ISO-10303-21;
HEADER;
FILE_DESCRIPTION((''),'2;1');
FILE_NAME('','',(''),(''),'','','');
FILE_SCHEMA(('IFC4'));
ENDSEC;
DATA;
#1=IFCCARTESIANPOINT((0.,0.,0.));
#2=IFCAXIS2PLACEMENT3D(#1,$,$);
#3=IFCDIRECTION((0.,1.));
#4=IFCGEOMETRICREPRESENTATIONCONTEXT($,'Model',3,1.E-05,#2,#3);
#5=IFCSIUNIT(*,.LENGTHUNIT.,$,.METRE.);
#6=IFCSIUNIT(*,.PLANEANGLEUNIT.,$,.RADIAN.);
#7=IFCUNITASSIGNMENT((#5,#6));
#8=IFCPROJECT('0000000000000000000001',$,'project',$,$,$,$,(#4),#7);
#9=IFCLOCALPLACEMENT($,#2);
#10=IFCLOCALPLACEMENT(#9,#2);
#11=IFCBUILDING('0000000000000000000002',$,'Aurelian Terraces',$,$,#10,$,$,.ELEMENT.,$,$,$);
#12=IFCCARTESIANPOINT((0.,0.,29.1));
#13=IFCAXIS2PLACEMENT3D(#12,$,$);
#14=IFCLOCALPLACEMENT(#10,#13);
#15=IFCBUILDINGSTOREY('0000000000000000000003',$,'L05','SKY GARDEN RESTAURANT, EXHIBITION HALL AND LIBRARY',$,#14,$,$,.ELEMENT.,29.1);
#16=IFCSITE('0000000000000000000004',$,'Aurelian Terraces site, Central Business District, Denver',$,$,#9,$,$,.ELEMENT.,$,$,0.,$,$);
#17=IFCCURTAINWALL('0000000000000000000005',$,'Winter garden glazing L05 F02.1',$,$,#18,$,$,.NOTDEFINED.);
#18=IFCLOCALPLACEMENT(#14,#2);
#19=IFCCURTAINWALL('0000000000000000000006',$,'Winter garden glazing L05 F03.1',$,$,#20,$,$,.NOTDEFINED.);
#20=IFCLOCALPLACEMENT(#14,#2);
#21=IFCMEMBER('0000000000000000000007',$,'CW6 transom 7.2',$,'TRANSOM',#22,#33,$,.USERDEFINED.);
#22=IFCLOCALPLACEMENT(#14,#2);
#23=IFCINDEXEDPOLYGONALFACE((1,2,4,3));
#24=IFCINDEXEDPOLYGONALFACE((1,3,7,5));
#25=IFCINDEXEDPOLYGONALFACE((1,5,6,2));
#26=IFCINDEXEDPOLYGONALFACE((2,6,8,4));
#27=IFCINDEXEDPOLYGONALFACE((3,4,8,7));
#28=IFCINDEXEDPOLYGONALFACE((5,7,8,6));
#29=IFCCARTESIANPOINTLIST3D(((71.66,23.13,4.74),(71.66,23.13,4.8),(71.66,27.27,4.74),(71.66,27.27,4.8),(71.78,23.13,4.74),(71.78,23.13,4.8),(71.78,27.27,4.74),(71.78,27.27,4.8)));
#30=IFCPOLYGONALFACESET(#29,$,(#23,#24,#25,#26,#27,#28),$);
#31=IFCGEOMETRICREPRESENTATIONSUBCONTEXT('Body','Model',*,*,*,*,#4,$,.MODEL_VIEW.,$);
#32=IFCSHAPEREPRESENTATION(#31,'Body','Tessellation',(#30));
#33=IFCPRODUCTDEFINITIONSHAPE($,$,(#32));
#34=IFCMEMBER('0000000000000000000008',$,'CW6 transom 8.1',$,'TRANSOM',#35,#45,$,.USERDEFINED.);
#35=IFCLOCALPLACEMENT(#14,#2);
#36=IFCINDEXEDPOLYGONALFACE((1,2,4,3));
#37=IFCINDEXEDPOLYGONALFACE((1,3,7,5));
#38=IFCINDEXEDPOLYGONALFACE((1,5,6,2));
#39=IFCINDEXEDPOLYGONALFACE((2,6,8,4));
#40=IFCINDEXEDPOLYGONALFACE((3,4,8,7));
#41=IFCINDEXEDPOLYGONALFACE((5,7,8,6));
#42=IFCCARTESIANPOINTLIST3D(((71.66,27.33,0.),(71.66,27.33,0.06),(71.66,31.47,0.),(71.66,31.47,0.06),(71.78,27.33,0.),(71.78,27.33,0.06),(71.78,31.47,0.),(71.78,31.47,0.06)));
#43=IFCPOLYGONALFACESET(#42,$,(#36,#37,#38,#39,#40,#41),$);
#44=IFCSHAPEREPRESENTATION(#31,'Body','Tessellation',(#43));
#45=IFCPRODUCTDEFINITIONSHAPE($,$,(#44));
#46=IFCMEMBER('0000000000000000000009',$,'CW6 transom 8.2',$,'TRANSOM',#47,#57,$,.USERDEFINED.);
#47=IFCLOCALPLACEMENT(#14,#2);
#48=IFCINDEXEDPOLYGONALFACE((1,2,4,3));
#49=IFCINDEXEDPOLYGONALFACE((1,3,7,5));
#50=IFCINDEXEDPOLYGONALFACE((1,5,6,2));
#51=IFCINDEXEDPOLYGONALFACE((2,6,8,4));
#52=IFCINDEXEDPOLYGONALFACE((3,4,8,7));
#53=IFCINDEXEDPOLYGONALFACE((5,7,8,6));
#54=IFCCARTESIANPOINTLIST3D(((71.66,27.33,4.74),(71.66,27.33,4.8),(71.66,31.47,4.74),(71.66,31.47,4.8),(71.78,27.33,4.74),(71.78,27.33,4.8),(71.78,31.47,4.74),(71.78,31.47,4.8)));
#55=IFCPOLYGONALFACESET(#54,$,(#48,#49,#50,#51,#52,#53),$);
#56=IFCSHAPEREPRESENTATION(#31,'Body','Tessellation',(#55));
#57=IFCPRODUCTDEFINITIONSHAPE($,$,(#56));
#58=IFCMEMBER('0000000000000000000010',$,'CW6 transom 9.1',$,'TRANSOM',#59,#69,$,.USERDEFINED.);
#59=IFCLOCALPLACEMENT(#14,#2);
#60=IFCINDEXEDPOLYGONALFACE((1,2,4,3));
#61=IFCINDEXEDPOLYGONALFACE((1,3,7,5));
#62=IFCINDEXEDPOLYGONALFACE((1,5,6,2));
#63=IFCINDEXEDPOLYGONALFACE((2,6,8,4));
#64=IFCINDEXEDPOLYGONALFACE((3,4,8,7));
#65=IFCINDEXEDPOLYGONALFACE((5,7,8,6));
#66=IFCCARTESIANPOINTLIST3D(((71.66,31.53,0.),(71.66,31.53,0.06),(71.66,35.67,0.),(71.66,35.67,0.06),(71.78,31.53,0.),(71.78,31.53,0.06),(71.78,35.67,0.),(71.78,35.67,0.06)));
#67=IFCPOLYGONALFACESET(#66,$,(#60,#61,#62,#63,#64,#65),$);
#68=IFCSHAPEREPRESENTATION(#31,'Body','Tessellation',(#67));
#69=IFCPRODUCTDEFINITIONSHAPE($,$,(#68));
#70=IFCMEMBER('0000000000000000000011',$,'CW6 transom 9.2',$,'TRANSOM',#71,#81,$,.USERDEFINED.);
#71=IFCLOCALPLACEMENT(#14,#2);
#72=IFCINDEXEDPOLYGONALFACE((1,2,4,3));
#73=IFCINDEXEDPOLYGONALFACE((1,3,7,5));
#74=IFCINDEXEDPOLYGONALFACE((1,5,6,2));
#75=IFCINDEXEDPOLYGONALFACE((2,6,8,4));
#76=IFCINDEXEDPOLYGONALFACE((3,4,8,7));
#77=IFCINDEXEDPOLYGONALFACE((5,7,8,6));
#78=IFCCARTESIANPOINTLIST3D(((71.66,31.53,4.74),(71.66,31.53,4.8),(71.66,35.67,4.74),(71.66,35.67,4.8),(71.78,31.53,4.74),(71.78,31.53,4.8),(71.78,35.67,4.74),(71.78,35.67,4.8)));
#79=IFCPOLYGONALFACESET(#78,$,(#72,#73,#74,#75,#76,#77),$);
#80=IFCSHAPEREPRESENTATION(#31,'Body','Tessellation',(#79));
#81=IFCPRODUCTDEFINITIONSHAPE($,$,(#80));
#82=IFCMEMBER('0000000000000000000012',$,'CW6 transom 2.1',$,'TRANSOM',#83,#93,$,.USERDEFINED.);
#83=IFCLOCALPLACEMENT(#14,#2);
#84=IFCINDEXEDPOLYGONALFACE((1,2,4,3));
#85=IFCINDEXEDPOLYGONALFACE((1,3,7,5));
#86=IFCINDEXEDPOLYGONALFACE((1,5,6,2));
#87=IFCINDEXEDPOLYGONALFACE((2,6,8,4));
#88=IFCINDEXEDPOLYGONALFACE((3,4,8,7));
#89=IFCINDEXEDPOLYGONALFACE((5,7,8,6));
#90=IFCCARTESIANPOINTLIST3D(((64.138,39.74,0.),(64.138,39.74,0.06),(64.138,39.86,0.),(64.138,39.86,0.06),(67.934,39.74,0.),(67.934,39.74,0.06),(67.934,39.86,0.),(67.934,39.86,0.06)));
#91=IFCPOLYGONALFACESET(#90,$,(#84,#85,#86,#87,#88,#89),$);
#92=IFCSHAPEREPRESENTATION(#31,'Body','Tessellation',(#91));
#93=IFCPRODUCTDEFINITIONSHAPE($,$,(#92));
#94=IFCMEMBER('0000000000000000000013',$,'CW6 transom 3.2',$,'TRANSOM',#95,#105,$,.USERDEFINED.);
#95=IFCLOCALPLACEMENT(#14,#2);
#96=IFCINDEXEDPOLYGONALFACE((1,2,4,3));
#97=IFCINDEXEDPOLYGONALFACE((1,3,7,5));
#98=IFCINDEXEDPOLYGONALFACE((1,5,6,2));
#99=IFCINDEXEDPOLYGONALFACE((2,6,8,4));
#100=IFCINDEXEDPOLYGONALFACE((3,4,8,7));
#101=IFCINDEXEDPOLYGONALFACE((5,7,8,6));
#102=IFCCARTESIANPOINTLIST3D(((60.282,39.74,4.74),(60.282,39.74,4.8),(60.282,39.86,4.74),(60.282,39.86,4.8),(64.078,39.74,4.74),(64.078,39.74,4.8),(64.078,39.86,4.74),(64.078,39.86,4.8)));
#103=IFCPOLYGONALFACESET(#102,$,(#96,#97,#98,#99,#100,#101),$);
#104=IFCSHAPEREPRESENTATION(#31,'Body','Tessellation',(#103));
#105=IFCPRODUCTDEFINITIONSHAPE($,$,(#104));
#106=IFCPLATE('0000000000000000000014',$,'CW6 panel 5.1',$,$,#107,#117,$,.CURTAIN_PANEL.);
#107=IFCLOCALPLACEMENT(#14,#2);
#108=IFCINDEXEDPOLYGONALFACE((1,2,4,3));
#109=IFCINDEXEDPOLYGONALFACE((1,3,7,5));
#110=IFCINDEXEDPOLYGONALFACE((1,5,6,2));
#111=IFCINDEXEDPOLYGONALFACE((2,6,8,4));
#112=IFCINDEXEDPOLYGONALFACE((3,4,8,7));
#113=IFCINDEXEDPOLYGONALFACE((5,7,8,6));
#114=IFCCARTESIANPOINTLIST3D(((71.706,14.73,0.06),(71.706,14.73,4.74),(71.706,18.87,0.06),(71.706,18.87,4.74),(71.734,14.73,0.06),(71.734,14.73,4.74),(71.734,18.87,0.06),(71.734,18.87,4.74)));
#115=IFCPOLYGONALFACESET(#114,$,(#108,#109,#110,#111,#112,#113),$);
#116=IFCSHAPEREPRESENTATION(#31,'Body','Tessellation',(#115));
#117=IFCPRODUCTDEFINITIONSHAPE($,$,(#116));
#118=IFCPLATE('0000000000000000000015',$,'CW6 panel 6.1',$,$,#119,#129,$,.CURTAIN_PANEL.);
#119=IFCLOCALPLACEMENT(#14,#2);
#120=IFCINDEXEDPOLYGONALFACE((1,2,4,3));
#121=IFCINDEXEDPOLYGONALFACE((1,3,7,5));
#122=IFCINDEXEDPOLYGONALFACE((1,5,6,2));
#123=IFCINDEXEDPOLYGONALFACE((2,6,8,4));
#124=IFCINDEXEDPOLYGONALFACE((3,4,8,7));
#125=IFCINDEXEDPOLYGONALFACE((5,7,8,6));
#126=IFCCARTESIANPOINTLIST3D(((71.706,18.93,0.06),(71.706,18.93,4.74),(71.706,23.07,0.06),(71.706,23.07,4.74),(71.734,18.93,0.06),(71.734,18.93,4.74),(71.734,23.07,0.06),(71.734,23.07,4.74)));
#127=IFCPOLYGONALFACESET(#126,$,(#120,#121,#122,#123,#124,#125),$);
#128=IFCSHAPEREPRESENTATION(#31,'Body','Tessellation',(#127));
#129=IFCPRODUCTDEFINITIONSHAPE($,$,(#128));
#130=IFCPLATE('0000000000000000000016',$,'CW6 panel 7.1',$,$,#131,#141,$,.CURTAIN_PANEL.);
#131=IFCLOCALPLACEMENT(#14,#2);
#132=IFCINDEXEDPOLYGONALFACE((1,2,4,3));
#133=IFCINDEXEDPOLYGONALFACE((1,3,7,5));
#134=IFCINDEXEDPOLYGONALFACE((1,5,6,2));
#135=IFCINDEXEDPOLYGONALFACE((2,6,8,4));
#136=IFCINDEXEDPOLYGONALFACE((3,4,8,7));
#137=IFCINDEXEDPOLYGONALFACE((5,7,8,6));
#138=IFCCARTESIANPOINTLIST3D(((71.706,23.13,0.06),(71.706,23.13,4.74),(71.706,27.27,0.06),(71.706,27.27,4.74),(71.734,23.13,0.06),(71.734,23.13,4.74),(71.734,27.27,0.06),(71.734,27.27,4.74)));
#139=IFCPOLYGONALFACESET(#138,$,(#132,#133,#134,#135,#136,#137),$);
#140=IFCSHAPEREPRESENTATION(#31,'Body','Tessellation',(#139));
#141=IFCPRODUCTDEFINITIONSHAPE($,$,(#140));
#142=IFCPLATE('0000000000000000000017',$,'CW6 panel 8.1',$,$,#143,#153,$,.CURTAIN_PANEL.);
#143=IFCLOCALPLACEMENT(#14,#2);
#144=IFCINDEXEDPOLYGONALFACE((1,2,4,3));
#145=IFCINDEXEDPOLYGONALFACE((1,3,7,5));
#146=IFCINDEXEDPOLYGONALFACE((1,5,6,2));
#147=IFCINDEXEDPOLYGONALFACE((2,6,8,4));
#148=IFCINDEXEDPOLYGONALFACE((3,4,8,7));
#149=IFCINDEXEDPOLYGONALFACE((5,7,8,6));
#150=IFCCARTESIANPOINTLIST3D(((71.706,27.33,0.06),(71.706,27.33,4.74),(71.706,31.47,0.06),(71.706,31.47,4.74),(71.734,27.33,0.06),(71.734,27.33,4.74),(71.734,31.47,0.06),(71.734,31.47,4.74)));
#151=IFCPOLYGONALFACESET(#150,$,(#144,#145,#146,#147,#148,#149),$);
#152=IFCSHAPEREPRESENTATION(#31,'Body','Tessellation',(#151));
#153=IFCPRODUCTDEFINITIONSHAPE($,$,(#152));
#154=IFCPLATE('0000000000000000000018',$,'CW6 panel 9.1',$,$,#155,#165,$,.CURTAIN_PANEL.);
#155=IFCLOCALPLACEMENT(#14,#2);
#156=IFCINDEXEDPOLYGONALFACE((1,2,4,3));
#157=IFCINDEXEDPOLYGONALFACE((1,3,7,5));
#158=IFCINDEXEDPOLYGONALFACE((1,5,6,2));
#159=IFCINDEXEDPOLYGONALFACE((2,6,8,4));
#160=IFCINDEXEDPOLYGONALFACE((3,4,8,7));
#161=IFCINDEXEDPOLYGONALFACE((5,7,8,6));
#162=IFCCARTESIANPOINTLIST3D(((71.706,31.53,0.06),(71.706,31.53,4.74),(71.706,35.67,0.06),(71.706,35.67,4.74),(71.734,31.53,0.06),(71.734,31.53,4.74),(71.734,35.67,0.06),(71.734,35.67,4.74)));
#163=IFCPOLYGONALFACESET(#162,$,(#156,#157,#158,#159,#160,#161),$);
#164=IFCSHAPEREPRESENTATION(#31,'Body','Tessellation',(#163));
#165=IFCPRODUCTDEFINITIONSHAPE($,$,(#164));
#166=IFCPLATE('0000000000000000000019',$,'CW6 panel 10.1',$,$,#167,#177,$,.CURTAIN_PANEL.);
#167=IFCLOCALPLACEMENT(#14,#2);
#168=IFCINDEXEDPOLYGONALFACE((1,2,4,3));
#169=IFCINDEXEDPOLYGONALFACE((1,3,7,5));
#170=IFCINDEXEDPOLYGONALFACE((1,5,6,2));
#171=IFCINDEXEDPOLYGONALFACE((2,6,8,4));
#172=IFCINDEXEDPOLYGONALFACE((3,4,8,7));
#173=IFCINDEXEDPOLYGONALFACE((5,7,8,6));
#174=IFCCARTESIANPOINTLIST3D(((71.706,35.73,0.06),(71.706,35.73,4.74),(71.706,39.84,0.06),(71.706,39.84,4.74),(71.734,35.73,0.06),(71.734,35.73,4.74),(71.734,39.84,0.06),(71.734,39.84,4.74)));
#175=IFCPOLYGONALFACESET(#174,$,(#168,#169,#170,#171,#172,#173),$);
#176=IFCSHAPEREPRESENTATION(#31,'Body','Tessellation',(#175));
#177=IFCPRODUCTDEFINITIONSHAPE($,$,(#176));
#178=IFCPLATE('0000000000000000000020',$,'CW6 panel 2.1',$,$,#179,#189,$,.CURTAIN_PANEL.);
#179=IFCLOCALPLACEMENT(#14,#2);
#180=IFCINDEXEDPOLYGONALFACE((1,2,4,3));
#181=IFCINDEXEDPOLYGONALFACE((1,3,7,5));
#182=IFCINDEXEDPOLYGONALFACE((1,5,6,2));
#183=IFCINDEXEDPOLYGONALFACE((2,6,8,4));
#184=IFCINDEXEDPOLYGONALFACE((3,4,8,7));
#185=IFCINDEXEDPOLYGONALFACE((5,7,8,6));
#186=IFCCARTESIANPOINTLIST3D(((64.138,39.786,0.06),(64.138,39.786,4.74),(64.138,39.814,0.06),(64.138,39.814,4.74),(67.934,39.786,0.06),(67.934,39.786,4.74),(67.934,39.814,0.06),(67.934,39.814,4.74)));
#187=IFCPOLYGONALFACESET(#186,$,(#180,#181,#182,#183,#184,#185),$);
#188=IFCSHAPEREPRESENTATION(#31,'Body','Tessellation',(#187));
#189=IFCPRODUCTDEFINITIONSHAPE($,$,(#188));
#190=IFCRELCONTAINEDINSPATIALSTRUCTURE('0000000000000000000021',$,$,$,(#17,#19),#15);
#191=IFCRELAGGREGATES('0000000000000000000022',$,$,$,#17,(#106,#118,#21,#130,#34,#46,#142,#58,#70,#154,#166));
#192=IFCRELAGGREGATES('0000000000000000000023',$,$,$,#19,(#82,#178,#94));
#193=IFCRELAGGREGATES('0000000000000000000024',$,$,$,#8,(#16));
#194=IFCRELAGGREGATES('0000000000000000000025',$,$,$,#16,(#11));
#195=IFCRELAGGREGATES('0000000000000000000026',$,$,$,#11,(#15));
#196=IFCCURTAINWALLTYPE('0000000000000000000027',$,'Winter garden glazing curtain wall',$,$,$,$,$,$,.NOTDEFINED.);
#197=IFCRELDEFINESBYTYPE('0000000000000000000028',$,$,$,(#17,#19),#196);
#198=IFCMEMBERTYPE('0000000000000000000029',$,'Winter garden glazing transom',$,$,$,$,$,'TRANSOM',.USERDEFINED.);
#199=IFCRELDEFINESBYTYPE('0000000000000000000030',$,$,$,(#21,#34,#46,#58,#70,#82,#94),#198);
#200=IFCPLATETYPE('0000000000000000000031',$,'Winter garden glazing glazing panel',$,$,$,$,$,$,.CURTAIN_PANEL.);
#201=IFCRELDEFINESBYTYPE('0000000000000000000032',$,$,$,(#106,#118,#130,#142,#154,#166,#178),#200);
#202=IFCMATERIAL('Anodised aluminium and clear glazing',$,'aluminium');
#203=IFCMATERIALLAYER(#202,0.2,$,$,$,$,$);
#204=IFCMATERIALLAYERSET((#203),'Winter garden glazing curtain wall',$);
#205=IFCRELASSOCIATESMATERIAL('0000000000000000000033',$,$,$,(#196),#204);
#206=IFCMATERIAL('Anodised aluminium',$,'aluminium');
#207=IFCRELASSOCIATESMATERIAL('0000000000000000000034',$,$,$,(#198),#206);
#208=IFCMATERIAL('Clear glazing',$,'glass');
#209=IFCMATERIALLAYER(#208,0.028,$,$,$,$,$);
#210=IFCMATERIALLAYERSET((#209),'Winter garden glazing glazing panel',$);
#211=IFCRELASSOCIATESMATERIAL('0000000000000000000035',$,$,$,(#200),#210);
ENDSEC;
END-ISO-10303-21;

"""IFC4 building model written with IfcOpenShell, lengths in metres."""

from ifc_helpers import new_model, si_unit, direction, frame, origin, origin_2d, place, context, subcontext, project, spatial, rectangle, extrude, source, transform, mapped, material, layer, layer_set, material_profile, profile_set, type_object, element, aggregate, save


model = new_model("IFC4")

# Units and contexts
model_context = context("Model", 3, precision=1e-05, world=origin(), true_north=direction((0.0, 1.0)))
body_context = subcontext(model_context, "Body", "Model", "MODEL_VIEW")
ifc_project = project(units=[si_unit("LENGTHUNIT", "METRE"), si_unit("PLANEANGLEUNIT", "RADIAN")], contexts=[model_context])

# Site, building, storey
site_placement = place(None, origin())
site = spatial("IfcSite", under=ifc_project, at=site_placement, Name="Aurelian Terraces site, Central Business District, Denver", CompositionType="ELEMENT", RefElevation=0.0)
building_placement = place(site_placement, origin())
building = spatial("IfcBuilding", under=site, at=building_placement, Name="Aurelian Terraces", CompositionType="ELEMENT")
storey_placement = place(building_placement, frame((0.0, 0.0, 29.1)))
storey = spatial("IfcBuildingStorey", under=building, at=storey_placement, Name="L05", Description="SKY GARDEN RESTAURANT, EXHIBITION HALL AND LIBRARY", CompositionType="ELEMENT", Elevation=29.1)

# Curtain wall
ifc_material_1 = material(Name="Anodised aluminium and clear glazing", Category="aluminium")
ifc_layer_1 = layer(ifc_material_1, 0.2)
ifc_layer_set_1 = layer_set([ifc_layer_1], Name="Winter garden glazing curtain wall")
curtain_wall_type = type_object("IfcCurtainWallType", Name="Winter garden glazing curtain wall", PredefinedType="NOTDEFINED", material=ifc_layer_set_1)
curtain_wall_1_placement = place(storey_placement, origin())
curtain_wall_1 = element("IfcCurtainWall", 1, at=curtain_wall_1_placement, inside=storey, type_object=curtain_wall_type, Name="Winter garden glazing L05 F02.1", PredefinedType="NOTDEFINED")
ifc_material_2 = material(Name="Anodised aluminium", Category="aluminium")

# Curtain wall
curtain_wall_2_placement = place(storey_placement, origin())
curtain_wall_2 = element("IfcCurtainWall", 2, at=curtain_wall_2_placement, inside=storey, type_object=curtain_wall_type, Name="Winter garden glazing L05 F03.1", PredefinedType="NOTDEFINED")

# Members
ifc_material_profile_1 = material_profile(ifc_material_2, rectangle(XDim=0.12, YDim=0.06, at=origin_2d()))
ifc_profile_set_1 = profile_set([ifc_material_profile_1], Name="Anodised aluminium")
member_type_1 = type_object("IfcMemberType", Name="Winter garden glazing transom", ElementType="TRANSOM", PredefinedType="USERDEFINED", material=ifc_profile_set_1)
shared_shape_1 = source(origin(), body_context, "Body", "SweptSolid", [
    extrude(rectangle(XDim=0.12, YDim=0.06, at=origin_2d()), origin(), (0.0, 0.0, 1.0), 4.14),
])
member_1_placement = place(storey_placement, frame((71.72, 23.13, 4.77), z_axis=(0.0, 1.0, 0.0), x_axis=(-1.0, 0.0, 0.0)))
member_1 = element("IfcMember", 3, at=member_1_placement, type_object=member_type_1, Name="CW6 transom 7.2", ObjectType="TRANSOM", PredefinedType="USERDEFINED", context=body_context, shape_type="MappedRepresentation", body=[
    mapped(shared_shape_1, transform((0.0, 0.0, 0.0), scale=1.0)),
])
member_2_placement = place(storey_placement, frame((71.72, 27.33, 0.03), z_axis=(0.0, 1.0, 0.0), x_axis=(-1.0, 0.0, 0.0)))
member_2 = element("IfcMember", 4, at=member_2_placement, type_object=member_type_1, Name="CW6 transom 8.1", ObjectType="TRANSOM", PredefinedType="USERDEFINED", context=body_context, shape_type="MappedRepresentation", body=[
    mapped(shared_shape_1, transform((0.0, 0.0, 0.0), scale=1.0)),
])
member_3_placement = place(storey_placement, frame((71.72, 27.33, 4.77), z_axis=(0.0, 1.0, 0.0), x_axis=(-1.0, 0.0, 0.0)))
member_3 = element("IfcMember", 5, at=member_3_placement, type_object=member_type_1, Name="CW6 transom 8.2", ObjectType="TRANSOM", PredefinedType="USERDEFINED", context=body_context, shape_type="MappedRepresentation", body=[
    mapped(shared_shape_1, transform((0.0, 0.0, 0.0), scale=1.0)),
])
member_4_placement = place(storey_placement, frame((71.72, 31.53, 0.03), z_axis=(0.0, 1.0, 0.0), x_axis=(-1.0, 0.0, 0.0)))
member_4 = element("IfcMember", 6, at=member_4_placement, type_object=member_type_1, Name="CW6 transom 9.1", ObjectType="TRANSOM", PredefinedType="USERDEFINED", context=body_context, shape_type="MappedRepresentation", body=[
    mapped(shared_shape_1, transform((0.0, 0.0, 0.0), scale=1.0)),
])
member_5_placement = place(storey_placement, frame((71.72, 31.53, 4.77), z_axis=(0.0, 1.0, 0.0), x_axis=(-1.0, 0.0, 0.0)))
member_5 = element("IfcMember", 7, at=member_5_placement, type_object=member_type_1, Name="CW6 transom 9.2", ObjectType="TRANSOM", PredefinedType="USERDEFINED", context=body_context, shape_type="MappedRepresentation", body=[
    mapped(shared_shape_1, transform((0.0, 0.0, 0.0), scale=1.0)),
])
shared_shape_2 = source(origin(), body_context, "Body", "SweptSolid", [
    extrude(rectangle(XDim=0.12, YDim=0.06, at=origin_2d()), origin(), (0.0, 0.0, 1.0), 3.796),
])
member_6_placement = place(storey_placement, frame((67.934, 39.8, 0.03), z_axis=(-1.0, 0.0, 0.0), x_axis=(0.0, -1.0, 0.0)))
member_6 = element("IfcMember", 8, at=member_6_placement, type_object=member_type_1, Name="CW6 transom 2.1", ObjectType="TRANSOM", PredefinedType="USERDEFINED", context=body_context, shape_type="MappedRepresentation", body=[
    mapped(shared_shape_2, transform((0.0, 0.0, 0.0), scale=1.0)),
])
member_7_placement = place(storey_placement, frame((64.078, 39.8, 4.77), z_axis=(-1.0, 0.0, 0.0), x_axis=(0.0, -1.0, 0.0)))
member_7 = element("IfcMember", 9, at=member_7_placement, type_object=member_type_1, Name="CW6 transom 3.2", ObjectType="TRANSOM", PredefinedType="USERDEFINED", context=body_context, shape_type="MappedRepresentation", body=[
    mapped(shared_shape_2, transform((0.0, 0.0, 0.0), scale=1.0)),
])

# Plates
ifc_material_3 = material(Name="Clear glazing", Category="glass")
ifc_layer_2 = layer(ifc_material_3, 0.028)
ifc_layer_set_2 = layer_set([ifc_layer_2], Name="Winter garden glazing glazing panel")
plate_type = type_object("IfcPlateType", Name="Winter garden glazing glazing panel", PredefinedType="CURTAIN_PANEL", material=ifc_layer_set_2)
shared_shape_3 = source(origin(), body_context, "Body", "SweptSolid", [
    extrude(rectangle(XDim=4.14, YDim=0.028, at=origin_2d()), origin(), (0.0, 0.0, 1.0), 4.68),
])
plate_1_placement = place(storey_placement, frame((71.72, 16.8, 0.06), z_axis=(0.0, 0.0, 1.0), x_axis=(0.0, 1.0, 0.0)))
plate_1 = element("IfcPlate", 10, at=plate_1_placement, type_object=plate_type, Name="CW6 panel 5.1", PredefinedType="CURTAIN_PANEL", context=body_context, shape_type="MappedRepresentation", body=[
    mapped(shared_shape_3, transform((0.0, 0.0, 0.0), scale=1.0)),
])
plate_2_placement = place(storey_placement, frame((71.72, 21.0, 0.06), z_axis=(0.0, 0.0, 1.0), x_axis=(0.0, 1.0, 0.0)))
plate_2 = element("IfcPlate", 11, at=plate_2_placement, type_object=plate_type, Name="CW6 panel 6.1", PredefinedType="CURTAIN_PANEL", context=body_context, shape_type="MappedRepresentation", body=[
    mapped(shared_shape_3, transform((0.0, 0.0, 0.0), scale=1.0)),
])
plate_3_placement = place(storey_placement, frame((71.72, 25.2, 0.06), z_axis=(0.0, 0.0, 1.0), x_axis=(0.0, 1.0, 0.0)))
plate_3 = element("IfcPlate", 12, at=plate_3_placement, type_object=plate_type, Name="CW6 panel 7.1", PredefinedType="CURTAIN_PANEL", context=body_context, shape_type="MappedRepresentation", body=[
    mapped(shared_shape_3, transform((0.0, 0.0, 0.0), scale=1.0)),
])
plate_4_placement = place(storey_placement, frame((71.72, 29.4, 0.06), z_axis=(0.0, 0.0, 1.0), x_axis=(0.0, 1.0, 0.0)))
plate_4 = element("IfcPlate", 13, at=plate_4_placement, type_object=plate_type, Name="CW6 panel 8.1", PredefinedType="CURTAIN_PANEL", context=body_context, shape_type="MappedRepresentation", body=[
    mapped(shared_shape_3, transform((0.0, 0.0, 0.0), scale=1.0)),
])
plate_5_placement = place(storey_placement, frame((71.72, 33.6, 0.06), z_axis=(0.0, 0.0, 1.0), x_axis=(0.0, 1.0, 0.0)))
plate_5 = element("IfcPlate", 14, at=plate_5_placement, type_object=plate_type, Name="CW6 panel 9.1", PredefinedType="CURTAIN_PANEL", context=body_context, shape_type="MappedRepresentation", body=[
    mapped(shared_shape_3, transform((0.0, 0.0, 0.0), scale=1.0)),
])
shared_shape_4 = source(origin(), body_context, "Body", "SweptSolid", [
    extrude(rectangle(XDim=4.11, YDim=0.028, at=origin_2d()), origin(), (0.0, 0.0, 1.0), 4.68),
])
plate_6_placement = place(storey_placement, frame((71.72, 37.785, 0.06), z_axis=(0.0, 0.0, 1.0), x_axis=(0.0, 1.0, 0.0)))
plate_6 = element("IfcPlate", 15, at=plate_6_placement, type_object=plate_type, Name="CW6 panel 10.1", PredefinedType="CURTAIN_PANEL", context=body_context, shape_type="MappedRepresentation", body=[
    mapped(shared_shape_4, transform((0.0, 0.0, 0.0), scale=1.0)),
])
aggregate(curtain_wall_1, [plate_1, plate_2, member_1, plate_3, member_2, member_3, plate_4, member_4, member_5, plate_5, plate_6])
shared_shape_5 = source(origin(), body_context, "Body", "SweptSolid", [
    extrude(rectangle(XDim=3.796, YDim=0.028, at=origin_2d()), origin(), (0.0, 0.0, 1.0), 4.68),
])
plate_7_placement = place(storey_placement, frame((66.036, 39.8, 0.06), z_axis=(0.0, 0.0, 1.0), x_axis=(-1.0, 0.0, 0.0)))
plate_7 = element("IfcPlate", 16, at=plate_7_placement, type_object=plate_type, Name="CW6 panel 2.1", PredefinedType="CURTAIN_PANEL", context=body_context, shape_type="MappedRepresentation", body=[
    mapped(shared_shape_5, transform((0.0, 0.0, 0.0), scale=1.0)),
])
aggregate(curtain_wall_2, [member_6, plate_7, member_7])

save(model, "model.ifc")
